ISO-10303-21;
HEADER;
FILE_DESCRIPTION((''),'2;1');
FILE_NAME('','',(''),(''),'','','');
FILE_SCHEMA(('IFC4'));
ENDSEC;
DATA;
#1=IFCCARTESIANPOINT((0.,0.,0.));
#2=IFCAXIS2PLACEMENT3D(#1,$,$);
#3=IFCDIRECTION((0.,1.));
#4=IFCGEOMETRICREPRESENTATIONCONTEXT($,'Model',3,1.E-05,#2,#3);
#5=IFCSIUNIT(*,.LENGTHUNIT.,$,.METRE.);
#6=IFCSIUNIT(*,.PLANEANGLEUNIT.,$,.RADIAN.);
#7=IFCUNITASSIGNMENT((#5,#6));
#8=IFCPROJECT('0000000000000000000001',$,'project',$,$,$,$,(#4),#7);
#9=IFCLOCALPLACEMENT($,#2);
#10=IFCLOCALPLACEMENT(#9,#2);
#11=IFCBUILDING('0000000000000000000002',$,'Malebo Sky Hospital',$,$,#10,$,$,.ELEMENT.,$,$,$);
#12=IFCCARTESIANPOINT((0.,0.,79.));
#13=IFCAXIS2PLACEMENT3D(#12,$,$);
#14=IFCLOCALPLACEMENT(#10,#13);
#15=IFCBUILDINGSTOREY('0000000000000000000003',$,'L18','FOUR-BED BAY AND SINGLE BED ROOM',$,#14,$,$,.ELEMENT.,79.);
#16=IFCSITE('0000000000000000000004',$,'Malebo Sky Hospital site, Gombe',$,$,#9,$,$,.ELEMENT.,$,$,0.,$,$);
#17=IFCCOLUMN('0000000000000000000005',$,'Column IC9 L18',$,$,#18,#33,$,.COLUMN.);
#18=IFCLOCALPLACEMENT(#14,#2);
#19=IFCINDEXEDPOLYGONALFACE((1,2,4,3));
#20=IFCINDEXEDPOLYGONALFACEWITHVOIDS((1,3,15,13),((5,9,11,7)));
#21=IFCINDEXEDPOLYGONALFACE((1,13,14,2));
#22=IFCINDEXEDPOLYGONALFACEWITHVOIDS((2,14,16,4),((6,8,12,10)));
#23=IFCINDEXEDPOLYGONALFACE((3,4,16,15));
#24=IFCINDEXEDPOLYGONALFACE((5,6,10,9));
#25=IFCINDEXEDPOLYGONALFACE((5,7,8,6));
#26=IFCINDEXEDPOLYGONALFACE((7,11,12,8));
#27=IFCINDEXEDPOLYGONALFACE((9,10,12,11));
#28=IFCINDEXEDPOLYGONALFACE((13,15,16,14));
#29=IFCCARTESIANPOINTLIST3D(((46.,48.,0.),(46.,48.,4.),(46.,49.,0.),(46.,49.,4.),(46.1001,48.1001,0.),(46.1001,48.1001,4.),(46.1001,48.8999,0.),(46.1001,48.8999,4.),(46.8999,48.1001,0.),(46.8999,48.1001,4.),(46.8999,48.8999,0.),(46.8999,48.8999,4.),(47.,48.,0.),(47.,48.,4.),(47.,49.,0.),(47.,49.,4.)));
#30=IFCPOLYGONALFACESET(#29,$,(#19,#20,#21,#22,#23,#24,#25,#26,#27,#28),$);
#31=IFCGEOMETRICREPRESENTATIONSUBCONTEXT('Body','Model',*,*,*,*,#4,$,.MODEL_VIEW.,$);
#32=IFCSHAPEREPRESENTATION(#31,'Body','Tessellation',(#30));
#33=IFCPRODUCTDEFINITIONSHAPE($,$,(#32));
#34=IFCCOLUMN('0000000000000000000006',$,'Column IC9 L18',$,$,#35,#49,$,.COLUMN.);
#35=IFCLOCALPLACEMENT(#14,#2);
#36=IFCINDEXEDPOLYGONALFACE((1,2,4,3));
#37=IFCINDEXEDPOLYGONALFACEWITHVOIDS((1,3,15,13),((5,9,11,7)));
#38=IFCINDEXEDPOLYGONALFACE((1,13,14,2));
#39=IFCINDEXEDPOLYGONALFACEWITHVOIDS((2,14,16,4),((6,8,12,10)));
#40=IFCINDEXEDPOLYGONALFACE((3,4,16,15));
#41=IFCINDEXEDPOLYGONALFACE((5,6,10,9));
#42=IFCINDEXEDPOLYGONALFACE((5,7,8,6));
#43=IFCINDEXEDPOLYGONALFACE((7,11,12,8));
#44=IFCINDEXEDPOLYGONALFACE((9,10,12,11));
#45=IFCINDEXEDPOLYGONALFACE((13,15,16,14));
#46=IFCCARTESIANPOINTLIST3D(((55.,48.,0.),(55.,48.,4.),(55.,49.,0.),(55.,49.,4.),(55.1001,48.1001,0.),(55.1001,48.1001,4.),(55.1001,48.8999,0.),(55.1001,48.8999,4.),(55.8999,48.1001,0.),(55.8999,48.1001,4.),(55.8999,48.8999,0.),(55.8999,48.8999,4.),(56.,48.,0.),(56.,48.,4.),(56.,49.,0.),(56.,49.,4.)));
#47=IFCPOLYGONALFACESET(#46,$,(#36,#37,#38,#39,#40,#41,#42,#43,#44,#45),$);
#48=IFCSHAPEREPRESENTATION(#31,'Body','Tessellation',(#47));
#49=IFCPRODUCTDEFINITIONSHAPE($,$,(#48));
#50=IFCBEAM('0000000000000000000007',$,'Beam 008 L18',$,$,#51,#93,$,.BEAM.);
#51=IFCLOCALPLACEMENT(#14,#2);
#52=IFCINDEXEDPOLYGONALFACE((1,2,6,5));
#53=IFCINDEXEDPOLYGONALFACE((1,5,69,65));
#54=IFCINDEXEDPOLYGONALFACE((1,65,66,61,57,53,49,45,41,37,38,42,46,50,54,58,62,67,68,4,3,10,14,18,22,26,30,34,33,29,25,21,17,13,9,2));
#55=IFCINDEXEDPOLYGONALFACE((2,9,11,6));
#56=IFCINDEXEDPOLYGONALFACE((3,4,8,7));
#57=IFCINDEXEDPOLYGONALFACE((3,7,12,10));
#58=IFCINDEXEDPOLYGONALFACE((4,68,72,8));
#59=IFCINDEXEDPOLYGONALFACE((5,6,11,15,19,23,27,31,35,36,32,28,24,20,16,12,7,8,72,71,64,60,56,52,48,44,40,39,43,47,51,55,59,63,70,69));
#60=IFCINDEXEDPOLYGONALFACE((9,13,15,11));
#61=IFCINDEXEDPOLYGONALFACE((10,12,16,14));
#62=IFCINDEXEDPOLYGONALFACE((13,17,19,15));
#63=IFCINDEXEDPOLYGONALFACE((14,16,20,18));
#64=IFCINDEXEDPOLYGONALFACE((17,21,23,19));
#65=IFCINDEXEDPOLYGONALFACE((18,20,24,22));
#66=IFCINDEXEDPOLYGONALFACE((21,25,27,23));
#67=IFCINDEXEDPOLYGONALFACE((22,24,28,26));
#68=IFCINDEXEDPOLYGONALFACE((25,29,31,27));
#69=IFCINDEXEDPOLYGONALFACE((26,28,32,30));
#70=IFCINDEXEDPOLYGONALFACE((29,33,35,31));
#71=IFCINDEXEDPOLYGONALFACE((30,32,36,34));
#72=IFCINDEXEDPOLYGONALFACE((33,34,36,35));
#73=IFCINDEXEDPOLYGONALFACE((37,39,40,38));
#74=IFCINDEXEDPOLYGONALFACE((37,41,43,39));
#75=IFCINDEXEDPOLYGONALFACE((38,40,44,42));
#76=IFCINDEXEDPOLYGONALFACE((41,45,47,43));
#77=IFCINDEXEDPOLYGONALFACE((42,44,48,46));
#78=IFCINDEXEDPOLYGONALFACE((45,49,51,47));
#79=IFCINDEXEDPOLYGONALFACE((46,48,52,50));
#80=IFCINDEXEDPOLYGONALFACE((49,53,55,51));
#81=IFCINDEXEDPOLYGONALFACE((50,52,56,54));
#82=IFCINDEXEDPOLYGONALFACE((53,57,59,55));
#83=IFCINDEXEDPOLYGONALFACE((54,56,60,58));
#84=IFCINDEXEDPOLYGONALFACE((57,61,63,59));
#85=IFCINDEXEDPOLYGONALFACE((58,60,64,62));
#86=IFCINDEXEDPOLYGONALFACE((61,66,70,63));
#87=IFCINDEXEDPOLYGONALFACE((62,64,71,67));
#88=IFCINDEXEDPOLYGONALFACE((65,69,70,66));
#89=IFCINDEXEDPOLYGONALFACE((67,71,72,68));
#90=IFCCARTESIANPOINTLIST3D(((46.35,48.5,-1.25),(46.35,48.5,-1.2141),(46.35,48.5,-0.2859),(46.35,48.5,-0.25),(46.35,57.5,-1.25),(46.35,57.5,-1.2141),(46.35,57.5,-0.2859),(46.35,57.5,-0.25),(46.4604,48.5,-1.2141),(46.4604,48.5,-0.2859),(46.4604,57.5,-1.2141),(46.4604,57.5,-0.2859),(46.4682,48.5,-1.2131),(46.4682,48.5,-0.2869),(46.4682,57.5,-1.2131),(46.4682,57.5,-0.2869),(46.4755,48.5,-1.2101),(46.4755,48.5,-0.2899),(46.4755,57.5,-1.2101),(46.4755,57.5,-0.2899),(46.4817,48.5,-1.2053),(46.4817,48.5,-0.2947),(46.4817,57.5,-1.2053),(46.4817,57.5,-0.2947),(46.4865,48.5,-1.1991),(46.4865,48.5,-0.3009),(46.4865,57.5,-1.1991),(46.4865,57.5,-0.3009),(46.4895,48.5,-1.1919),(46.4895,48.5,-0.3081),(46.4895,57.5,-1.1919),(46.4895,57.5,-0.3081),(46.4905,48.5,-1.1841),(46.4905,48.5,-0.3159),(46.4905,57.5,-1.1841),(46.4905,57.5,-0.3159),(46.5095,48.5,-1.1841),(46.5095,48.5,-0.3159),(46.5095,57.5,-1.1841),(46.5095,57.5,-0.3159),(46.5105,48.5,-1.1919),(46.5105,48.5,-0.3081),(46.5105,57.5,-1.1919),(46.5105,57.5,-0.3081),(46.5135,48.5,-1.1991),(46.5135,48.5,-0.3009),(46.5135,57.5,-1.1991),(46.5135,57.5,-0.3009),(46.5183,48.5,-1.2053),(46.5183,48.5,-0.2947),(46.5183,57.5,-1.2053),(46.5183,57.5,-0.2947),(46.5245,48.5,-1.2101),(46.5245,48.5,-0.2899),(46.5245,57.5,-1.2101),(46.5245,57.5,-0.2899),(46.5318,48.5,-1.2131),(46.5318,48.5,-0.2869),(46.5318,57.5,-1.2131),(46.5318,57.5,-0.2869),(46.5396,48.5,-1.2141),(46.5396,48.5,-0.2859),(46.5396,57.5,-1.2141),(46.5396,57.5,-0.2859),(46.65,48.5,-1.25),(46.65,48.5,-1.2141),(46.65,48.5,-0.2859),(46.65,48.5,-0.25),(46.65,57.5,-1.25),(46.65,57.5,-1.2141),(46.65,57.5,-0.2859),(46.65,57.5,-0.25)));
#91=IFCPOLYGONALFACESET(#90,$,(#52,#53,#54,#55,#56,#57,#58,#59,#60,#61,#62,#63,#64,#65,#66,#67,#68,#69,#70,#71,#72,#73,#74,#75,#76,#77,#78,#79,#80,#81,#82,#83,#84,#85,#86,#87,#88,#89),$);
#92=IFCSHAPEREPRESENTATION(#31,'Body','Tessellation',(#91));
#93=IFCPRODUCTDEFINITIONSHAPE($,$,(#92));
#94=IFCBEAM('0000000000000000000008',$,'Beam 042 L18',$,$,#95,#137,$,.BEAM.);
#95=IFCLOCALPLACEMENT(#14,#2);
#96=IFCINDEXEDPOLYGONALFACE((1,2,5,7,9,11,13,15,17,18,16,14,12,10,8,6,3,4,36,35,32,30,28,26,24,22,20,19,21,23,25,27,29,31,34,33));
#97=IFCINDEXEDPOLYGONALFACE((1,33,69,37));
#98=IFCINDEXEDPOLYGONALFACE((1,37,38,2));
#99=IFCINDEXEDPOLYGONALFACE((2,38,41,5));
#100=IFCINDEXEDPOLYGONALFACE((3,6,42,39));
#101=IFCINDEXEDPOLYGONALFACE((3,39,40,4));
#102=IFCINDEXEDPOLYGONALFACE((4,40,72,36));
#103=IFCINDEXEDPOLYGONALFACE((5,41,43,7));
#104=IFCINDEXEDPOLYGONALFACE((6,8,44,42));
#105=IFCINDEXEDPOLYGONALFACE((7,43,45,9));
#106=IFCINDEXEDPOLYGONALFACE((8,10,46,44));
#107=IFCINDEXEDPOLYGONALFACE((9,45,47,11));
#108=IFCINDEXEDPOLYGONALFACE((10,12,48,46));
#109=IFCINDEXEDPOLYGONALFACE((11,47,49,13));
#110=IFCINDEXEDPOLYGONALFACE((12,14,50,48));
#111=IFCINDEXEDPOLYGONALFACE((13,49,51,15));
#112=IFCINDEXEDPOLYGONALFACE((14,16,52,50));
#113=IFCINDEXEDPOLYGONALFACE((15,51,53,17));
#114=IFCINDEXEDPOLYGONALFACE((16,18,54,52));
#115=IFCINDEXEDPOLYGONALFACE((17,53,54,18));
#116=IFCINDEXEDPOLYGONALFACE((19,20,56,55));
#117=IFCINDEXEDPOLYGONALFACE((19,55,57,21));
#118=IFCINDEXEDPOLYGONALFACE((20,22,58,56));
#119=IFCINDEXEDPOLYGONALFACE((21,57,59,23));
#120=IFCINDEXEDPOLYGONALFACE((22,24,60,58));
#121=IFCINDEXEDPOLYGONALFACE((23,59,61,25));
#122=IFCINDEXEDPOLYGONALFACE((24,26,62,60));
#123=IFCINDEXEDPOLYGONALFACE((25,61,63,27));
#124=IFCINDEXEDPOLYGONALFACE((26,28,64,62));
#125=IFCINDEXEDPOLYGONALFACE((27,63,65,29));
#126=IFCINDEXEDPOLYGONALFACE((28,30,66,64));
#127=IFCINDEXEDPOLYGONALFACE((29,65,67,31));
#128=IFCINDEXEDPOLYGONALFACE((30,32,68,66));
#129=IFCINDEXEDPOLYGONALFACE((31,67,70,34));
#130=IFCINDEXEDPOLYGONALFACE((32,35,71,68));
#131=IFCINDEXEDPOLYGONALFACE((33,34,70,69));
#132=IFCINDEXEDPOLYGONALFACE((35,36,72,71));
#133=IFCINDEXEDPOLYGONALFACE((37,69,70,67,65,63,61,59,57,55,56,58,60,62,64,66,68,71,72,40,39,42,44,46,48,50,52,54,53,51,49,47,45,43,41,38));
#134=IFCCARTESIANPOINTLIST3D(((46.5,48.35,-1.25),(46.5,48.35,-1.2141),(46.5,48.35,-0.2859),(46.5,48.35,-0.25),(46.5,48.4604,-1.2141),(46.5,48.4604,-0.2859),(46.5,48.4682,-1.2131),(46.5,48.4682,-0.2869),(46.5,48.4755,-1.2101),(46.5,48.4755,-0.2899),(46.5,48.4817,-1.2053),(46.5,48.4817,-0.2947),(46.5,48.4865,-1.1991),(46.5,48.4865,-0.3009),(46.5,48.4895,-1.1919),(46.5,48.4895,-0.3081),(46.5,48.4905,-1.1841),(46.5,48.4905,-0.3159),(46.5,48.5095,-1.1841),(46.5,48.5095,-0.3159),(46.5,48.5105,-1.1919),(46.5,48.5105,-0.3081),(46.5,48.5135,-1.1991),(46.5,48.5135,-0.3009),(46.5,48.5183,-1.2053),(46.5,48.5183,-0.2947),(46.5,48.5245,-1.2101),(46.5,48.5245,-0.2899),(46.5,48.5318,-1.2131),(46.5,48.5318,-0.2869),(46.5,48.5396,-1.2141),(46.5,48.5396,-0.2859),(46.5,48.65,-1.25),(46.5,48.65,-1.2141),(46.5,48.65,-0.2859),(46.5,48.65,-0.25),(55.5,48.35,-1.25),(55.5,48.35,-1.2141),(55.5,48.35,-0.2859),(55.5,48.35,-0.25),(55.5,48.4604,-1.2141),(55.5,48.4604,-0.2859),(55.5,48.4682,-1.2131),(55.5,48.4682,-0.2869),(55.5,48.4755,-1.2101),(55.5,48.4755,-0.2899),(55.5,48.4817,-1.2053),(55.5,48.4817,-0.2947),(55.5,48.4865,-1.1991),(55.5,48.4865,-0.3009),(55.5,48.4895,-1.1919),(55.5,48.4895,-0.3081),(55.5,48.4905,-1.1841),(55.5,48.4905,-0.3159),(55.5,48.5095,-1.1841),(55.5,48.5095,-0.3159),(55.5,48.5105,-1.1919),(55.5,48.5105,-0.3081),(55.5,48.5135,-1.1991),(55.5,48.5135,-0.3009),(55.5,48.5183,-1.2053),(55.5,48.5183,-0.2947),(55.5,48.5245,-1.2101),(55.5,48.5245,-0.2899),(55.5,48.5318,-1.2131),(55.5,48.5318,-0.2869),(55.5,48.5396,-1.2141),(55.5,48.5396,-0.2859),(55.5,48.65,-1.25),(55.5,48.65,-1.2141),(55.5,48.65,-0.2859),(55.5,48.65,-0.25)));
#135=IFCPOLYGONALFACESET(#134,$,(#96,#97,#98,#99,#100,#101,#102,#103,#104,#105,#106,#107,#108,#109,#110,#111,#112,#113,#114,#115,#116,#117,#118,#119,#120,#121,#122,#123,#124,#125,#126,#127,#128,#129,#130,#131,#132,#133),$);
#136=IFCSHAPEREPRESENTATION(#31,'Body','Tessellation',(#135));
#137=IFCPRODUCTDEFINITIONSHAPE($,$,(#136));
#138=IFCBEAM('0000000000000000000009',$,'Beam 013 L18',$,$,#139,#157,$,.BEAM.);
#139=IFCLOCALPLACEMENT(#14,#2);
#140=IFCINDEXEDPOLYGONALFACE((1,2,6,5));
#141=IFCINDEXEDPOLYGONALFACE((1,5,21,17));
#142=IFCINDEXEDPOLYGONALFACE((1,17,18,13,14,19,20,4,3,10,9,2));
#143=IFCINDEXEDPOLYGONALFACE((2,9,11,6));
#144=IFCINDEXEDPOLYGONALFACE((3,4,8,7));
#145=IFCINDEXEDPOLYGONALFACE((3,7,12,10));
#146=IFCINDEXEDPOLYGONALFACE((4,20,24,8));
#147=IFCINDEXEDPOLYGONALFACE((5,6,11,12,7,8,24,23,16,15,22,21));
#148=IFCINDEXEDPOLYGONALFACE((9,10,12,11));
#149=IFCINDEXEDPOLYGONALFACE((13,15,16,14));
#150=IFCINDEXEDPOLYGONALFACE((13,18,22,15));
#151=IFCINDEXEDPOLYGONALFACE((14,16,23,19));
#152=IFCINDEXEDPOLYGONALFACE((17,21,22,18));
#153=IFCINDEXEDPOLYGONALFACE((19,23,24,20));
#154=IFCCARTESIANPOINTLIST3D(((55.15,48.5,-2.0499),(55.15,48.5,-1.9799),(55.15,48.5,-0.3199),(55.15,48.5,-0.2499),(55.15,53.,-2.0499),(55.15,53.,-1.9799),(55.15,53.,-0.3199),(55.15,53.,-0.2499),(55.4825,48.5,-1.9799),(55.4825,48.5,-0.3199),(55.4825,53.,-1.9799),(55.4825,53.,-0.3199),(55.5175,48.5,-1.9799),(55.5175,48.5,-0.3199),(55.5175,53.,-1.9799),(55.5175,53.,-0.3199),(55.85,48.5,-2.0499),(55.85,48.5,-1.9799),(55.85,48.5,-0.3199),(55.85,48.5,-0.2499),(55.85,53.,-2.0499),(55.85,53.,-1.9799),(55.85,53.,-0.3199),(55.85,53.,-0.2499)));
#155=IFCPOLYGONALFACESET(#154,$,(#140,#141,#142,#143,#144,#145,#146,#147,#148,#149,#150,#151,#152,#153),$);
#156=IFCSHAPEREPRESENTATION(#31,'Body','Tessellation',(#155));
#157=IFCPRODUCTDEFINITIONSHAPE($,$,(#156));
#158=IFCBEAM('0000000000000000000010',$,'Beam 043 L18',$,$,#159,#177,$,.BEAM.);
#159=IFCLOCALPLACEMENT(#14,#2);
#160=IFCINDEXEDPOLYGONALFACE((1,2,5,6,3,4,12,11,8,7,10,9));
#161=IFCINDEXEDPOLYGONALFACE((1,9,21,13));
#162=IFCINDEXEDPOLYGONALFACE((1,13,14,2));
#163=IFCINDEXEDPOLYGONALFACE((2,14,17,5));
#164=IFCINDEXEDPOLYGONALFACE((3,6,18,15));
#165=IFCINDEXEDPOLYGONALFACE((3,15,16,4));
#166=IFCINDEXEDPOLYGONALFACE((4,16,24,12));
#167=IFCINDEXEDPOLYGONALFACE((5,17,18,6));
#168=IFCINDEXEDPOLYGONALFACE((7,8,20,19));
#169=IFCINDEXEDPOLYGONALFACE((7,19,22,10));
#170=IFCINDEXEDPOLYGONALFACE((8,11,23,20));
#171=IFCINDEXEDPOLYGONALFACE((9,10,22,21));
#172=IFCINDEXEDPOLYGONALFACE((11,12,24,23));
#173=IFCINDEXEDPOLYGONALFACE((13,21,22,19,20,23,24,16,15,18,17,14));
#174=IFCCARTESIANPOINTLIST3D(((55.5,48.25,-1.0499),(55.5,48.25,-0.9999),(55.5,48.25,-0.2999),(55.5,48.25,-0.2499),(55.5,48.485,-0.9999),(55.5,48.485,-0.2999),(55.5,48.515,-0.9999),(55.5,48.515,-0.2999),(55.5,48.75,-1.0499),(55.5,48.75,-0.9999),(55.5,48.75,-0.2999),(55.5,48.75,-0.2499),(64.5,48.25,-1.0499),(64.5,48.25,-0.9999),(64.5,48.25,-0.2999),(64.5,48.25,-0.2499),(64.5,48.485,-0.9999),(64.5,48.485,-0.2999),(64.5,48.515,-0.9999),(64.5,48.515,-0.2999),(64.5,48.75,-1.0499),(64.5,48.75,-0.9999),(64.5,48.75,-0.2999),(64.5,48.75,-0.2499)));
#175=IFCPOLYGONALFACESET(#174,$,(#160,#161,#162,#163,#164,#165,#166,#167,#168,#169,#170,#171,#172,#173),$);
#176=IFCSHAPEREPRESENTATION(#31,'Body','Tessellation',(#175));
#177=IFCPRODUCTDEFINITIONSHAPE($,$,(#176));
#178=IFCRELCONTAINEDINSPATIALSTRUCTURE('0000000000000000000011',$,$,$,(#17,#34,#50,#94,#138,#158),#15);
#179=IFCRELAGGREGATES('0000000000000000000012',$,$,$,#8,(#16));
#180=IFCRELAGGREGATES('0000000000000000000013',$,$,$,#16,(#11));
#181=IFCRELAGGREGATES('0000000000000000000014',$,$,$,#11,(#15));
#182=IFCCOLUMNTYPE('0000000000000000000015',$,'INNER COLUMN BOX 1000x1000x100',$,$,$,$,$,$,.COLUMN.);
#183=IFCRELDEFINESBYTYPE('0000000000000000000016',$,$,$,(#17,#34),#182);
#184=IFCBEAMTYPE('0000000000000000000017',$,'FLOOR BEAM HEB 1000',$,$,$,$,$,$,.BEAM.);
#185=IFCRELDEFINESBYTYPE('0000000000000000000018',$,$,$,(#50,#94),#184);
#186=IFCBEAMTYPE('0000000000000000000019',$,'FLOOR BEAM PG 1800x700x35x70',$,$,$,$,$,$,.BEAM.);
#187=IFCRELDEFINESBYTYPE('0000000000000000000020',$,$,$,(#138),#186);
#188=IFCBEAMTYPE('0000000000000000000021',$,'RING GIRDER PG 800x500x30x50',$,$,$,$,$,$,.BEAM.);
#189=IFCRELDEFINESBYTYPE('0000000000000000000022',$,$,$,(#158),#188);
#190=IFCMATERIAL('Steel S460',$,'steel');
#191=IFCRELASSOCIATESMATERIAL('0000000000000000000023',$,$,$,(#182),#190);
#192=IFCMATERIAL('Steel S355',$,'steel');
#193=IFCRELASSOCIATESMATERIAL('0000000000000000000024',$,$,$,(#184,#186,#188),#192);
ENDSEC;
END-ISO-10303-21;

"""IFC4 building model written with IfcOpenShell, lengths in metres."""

from ifc_helpers import new_model, si_unit, direction, frame, origin, origin_2d, place, context, subcontext, project, spatial, hollow_rectangle, i_section, extrude, material, material_profile, profile_set, type_object, element, save


model = new_model("IFC4")

# Units and contexts
model_context = context("Model", 3, precision=1e-05, world=origin(), true_north=direction((0.0, 1.0)))
body_context = subcontext(model_context, "Body", "Model", "MODEL_VIEW")
ifc_project = project(units=[si_unit("LENGTHUNIT", "METRE"), si_unit("PLANEANGLEUNIT", "RADIAN")], contexts=[model_context])

# Site, building, storey
site_placement = place(None, origin())
site = spatial("IfcSite", under=ifc_project, at=site_placement, Name="Malebo Sky Hospital site, Gombe", CompositionType="ELEMENT", RefElevation=0.0)
building_placement = place(site_placement, origin())
building = spatial("IfcBuilding", under=site, at=building_placement, Name="Malebo Sky Hospital", CompositionType="ELEMENT")
storey_placement = place(building_placement, frame((0.0, 0.0, 79.0)))
storey = spatial("IfcBuildingStorey", under=building, at=storey_placement, Name="L18", Description="FOUR-BED BAY AND SINGLE BED ROOM", CompositionType="ELEMENT", Elevation=79.0)

# Columns
ifc_material_1 = material(Name="Steel S460", Category="steel")
ifc_material_profile_1 = material_profile(ifc_material_1, hollow_rectangle(XDim=1.0, YDim=1.0, WallThickness=0.1001, at=origin_2d()), Name="BOX 1000x1000x100")
ifc_profile_set_1 = profile_set([ifc_material_profile_1], Name="Steel S460")
column_type = type_object("IfcColumnType", Name="INNER COLUMN BOX 1000x1000x100", PredefinedType="COLUMN", material=ifc_profile_set_1)
for number, where, z_axis, x_axis, name in (
    (1, (46.5, 48.5, 0.0), (0.0, 0.0, 1.0), (1.0, 0.0, 0.0), "Column IC9 L18"),
    (2, (55.5, 48.5, 0.0), (0.0, 0.0, 1.0), (1.0, 0.0, 0.0), "Column IC9 L18"),
):
    element("IfcColumn", number, at=place(storey_placement, frame(where, z_axis=z_axis, x_axis=x_axis)), inside=storey, type_object=column_type, Name=name, PredefinedType="COLUMN", context=body_context, shape_type="SweptSolid", body=[
        extrude(hollow_rectangle(XDim=1.0, YDim=1.0, WallThickness=0.1001, at=origin_2d()), origin(), (0.0, 0.0, 1.0), 4.0),
    ])

# Beams
ifc_material_2 = material(Name="Steel S355", Category="steel")
ifc_material_profile_2 = material_profile(ifc_material_2, i_section(OverallWidth=0.3, OverallDepth=1.0, WebThickness=0.019, FlangeThickness=0.0359, FilletRadius=0.03, at=origin_2d()), Name="HEB 1000")
ifc_profile_set_2 = profile_set([ifc_material_profile_2], Name="Steel S355")
beam_type_1 = type_object("IfcBeamType", Name="FLOOR BEAM HEB 1000", PredefinedType="BEAM", material=ifc_profile_set_2)
for number, where, z_axis, x_axis, name in (
    (3, (46.5, 48.5, -0.75), (0.0, 1.0, 0.0), (-1.0, 0.0, 0.0), "Beam 008 L18"),
    (4, (46.5, 48.5, -0.75), (1.0, 0.0, 0.0), (0.0, 1.0, 0.0), "Beam 042 L18"),
):
    element("IfcBeam", number, at=place(storey_placement, frame(where, z_axis=z_axis, x_axis=x_axis)), inside=storey, type_object=beam_type_1, Name=name, PredefinedType="BEAM", context=body_context, shape_type="SweptSolid", body=[
        extrude(i_section(OverallWidth=0.3, OverallDepth=1.0, WebThickness=0.019, FlangeThickness=0.0359, FilletRadius=0.03, at=origin_2d()), origin(), (0.0, 0.0, 1.0), 9.0),
    ])
ifc_material_profile_3 = material_profile(ifc_material_2, i_section(OverallWidth=0.7, OverallDepth=1.8, WebThickness=0.0349, FlangeThickness=0.0701, at=origin_2d()), Name="PG 1800x700x35x70")
ifc_profile_set_3 = profile_set([ifc_material_profile_3], Name="Steel S355")
beam_type_2 = type_object("IfcBeamType", Name="FLOOR BEAM PG 1800x700x35x70", PredefinedType="BEAM", material=ifc_profile_set_3)
beam_1_placement = place(storey_placement, frame((55.5, 48.5, -1.1499), z_axis=(0.0, 1.0, 0.0), x_axis=(-1.0, 0.0, 0.0)))
element("IfcBeam", 5, at=beam_1_placement, inside=storey, type_object=beam_type_2, Name="Beam 013 L18", PredefinedType="BEAM", context=body_context, shape_type="SweptSolid", body=[
    extrude(i_section(OverallWidth=0.7, OverallDepth=1.8, WebThickness=0.0349, FlangeThickness=0.0701, at=origin_2d()), origin(), (0.0, 0.0, 1.0), 4.5),
])
ifc_material_profile_4 = material_profile(ifc_material_2, i_section(OverallWidth=0.5, OverallDepth=0.8, WebThickness=0.03, FlangeThickness=0.05, at=origin_2d()), Name="PG 800x500x30x50")
ifc_profile_set_4 = profile_set([ifc_material_profile_4], Name="Steel S355")
beam_type_3 = type_object("IfcBeamType", Name="RING GIRDER PG 800x500x30x50", PredefinedType="BEAM", material=ifc_profile_set_4)
beam_2_placement = place(storey_placement, frame((55.5, 48.5, -0.6499), z_axis=(1.0, 0.0, 0.0), x_axis=(0.0, 1.0, 0.0)))
element("IfcBeam", 6, at=beam_2_placement, inside=storey, type_object=beam_type_3, Name="Beam 043 L18", PredefinedType="BEAM", context=body_context, shape_type="SweptSolid", body=[
    extrude(i_section(OverallWidth=0.5, OverallDepth=0.8, WebThickness=0.03, FlangeThickness=0.05, at=origin_2d()), origin(), (0.0, 0.0, 1.0), 9.0),
])

save(model, "model.ifc")
